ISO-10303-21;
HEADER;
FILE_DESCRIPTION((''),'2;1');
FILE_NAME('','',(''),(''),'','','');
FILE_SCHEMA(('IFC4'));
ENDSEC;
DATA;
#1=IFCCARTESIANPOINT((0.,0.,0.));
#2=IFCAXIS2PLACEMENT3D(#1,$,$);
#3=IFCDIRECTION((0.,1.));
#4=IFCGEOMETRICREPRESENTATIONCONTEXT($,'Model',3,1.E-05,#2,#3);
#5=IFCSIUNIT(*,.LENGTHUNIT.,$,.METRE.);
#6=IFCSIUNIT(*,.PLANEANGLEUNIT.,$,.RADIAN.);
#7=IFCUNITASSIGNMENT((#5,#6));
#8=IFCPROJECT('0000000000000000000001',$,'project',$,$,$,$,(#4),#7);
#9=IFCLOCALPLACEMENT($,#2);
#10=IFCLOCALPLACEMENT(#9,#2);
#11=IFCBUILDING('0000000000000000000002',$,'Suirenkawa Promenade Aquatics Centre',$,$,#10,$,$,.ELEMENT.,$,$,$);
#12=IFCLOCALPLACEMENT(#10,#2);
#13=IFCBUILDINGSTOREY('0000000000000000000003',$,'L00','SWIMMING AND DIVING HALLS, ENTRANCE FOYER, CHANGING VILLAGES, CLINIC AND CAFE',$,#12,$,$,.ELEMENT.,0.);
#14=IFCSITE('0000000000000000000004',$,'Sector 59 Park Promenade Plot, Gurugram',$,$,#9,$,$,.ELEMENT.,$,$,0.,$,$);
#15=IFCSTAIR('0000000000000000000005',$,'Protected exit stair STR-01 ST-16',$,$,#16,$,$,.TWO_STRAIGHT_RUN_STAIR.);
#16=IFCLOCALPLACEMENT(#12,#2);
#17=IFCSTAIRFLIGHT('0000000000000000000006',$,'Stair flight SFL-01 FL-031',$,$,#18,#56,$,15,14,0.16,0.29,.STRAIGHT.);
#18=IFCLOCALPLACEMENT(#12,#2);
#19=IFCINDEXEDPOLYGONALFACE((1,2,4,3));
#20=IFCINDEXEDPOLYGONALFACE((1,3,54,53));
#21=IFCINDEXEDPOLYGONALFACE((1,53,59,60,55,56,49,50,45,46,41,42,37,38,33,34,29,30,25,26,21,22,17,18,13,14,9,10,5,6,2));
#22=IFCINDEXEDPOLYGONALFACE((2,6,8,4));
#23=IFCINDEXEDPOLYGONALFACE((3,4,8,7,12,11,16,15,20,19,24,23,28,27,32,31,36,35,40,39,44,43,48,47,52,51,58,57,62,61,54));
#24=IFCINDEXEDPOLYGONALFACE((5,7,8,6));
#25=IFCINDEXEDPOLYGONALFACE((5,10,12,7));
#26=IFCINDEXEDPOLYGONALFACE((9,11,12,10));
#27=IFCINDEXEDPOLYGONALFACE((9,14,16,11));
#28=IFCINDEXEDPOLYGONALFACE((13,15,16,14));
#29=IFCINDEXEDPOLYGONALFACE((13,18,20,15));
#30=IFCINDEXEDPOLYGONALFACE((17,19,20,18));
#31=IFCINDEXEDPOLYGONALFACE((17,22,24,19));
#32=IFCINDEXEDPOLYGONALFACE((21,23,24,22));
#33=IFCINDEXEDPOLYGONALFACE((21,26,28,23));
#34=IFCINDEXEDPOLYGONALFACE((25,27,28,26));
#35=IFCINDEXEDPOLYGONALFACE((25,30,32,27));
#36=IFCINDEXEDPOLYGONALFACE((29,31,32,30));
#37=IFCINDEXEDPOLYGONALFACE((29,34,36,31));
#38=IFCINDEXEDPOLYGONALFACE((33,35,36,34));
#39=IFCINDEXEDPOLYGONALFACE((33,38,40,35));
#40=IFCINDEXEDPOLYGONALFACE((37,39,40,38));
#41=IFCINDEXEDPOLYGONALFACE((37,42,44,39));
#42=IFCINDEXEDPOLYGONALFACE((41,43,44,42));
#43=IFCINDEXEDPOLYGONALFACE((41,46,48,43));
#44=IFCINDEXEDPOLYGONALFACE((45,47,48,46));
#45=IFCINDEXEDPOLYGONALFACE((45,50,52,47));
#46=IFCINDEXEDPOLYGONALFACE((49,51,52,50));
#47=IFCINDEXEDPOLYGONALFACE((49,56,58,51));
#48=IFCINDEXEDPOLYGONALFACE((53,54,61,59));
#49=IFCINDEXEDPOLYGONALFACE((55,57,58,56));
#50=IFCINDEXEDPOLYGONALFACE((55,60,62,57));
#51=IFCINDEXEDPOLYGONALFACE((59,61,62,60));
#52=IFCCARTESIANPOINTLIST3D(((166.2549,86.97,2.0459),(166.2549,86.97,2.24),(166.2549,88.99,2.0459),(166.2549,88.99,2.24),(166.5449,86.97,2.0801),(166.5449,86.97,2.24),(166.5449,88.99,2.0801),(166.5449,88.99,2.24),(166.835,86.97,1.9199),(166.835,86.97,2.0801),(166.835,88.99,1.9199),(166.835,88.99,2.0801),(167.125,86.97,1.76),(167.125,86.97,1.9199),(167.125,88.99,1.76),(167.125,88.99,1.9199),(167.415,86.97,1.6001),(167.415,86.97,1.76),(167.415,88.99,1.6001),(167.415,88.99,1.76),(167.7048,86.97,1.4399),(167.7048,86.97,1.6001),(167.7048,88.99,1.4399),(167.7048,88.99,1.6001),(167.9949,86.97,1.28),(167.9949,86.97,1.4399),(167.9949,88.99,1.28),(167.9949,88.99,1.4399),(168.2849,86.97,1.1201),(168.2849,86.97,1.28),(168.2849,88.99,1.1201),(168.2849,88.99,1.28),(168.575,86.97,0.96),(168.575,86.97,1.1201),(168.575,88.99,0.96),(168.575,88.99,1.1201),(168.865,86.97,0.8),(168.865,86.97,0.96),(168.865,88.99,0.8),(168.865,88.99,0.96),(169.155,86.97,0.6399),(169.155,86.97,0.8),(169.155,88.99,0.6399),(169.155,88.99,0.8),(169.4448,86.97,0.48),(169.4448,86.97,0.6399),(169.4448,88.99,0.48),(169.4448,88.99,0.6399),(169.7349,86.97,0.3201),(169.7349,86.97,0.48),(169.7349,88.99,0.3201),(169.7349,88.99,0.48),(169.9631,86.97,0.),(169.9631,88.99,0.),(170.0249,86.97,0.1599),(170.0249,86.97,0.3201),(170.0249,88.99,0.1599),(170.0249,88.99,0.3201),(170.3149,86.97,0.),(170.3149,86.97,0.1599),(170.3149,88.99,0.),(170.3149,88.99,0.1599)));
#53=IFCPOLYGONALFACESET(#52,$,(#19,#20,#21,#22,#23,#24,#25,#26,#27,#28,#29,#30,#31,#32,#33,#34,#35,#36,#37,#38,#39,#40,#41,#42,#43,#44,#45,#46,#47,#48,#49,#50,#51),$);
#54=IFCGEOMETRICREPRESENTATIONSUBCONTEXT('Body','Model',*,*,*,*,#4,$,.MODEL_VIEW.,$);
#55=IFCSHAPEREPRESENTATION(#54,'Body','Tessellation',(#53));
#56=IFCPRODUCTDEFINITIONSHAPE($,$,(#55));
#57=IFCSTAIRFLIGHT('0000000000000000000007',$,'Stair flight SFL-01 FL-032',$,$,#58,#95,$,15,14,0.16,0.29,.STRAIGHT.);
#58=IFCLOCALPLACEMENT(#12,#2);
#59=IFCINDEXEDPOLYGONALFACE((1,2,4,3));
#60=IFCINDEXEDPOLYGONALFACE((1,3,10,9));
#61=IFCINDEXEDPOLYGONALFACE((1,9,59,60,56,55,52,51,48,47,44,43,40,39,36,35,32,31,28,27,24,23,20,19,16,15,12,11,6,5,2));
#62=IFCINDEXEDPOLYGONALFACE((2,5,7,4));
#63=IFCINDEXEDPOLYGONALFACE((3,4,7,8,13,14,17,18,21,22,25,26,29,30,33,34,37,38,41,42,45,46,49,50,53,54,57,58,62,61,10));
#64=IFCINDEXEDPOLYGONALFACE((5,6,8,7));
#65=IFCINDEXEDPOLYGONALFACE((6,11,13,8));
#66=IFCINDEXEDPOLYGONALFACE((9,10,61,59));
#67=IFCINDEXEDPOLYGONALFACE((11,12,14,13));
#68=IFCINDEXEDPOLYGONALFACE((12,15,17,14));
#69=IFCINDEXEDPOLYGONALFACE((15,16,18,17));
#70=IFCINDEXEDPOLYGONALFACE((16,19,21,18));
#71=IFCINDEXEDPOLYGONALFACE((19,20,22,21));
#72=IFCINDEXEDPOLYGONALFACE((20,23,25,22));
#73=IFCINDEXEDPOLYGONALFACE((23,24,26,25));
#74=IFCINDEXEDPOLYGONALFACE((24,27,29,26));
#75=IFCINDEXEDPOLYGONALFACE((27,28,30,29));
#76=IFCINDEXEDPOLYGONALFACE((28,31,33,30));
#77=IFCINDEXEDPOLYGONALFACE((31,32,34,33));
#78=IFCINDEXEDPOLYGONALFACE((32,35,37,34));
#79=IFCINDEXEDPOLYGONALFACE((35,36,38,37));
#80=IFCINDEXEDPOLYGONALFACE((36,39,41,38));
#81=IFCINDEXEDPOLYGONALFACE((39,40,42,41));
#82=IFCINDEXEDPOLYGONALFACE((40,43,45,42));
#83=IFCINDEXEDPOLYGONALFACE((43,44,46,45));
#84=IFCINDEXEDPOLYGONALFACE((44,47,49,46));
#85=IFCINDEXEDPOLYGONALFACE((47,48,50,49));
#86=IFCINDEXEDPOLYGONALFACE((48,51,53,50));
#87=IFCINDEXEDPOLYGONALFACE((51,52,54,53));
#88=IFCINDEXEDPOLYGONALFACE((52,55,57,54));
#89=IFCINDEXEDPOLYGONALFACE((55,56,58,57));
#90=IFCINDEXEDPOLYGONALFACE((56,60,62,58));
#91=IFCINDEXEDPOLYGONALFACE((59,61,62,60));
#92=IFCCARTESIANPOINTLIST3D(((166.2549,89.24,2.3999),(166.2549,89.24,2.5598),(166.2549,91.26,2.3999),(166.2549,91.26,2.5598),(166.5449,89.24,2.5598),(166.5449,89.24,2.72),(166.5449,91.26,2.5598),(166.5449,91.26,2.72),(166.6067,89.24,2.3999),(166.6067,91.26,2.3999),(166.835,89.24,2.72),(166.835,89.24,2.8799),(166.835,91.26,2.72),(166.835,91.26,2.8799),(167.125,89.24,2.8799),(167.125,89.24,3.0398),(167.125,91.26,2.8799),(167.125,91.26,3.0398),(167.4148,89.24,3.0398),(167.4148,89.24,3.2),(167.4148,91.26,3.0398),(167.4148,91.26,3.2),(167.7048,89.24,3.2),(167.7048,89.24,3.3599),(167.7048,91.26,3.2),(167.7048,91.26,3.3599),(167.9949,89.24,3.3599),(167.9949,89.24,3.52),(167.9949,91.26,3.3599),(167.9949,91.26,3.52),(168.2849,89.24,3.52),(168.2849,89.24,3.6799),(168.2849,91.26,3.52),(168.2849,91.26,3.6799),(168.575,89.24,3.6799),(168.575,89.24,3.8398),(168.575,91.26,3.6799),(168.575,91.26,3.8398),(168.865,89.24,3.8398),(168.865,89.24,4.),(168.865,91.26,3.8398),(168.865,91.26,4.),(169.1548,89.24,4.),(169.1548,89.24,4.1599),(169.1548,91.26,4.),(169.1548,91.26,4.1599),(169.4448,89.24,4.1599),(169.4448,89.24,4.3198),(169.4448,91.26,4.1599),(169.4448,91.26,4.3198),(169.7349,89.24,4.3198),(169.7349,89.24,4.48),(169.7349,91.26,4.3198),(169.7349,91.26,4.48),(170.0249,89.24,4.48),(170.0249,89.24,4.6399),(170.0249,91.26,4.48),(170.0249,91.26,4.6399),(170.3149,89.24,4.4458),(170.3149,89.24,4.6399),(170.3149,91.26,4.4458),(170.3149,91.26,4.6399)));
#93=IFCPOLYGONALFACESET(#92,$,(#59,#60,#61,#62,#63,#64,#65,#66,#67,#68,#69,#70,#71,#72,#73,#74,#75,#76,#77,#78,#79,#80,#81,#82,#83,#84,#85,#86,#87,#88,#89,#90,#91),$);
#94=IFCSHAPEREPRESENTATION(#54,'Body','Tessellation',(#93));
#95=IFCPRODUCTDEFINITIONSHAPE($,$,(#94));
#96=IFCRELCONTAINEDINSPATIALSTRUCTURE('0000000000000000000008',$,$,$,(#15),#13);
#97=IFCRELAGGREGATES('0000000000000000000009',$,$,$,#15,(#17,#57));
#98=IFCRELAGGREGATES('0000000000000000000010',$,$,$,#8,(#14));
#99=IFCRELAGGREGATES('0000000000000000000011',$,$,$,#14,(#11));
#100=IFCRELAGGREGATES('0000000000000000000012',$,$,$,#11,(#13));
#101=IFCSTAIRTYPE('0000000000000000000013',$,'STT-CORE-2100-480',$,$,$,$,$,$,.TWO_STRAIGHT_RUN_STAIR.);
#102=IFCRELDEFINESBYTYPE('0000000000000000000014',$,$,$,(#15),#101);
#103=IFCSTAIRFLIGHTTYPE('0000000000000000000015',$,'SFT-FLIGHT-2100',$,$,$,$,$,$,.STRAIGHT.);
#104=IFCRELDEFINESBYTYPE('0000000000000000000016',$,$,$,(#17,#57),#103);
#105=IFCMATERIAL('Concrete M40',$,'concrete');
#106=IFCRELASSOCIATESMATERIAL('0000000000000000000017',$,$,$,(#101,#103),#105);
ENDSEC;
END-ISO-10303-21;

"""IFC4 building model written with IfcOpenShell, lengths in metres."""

from ifc_helpers import new_model, si_unit, direction, frame, origin, place, context, subcontext, project, spatial, polyline, outline, extrude, material, type_object, element, aggregate, save


model = new_model("IFC4")

# Units and contexts
model_context = context("Model", 3, precision=1e-05, world=origin(), true_north=direction((0.0, 1.0)))
body_context = subcontext(model_context, "Body", "Model", "MODEL_VIEW")
ifc_project = project(units=[si_unit("LENGTHUNIT", "METRE"), si_unit("PLANEANGLEUNIT", "RADIAN")], contexts=[model_context])

# Site, building, storey
site_placement = place(None, origin())
site = spatial("IfcSite", under=ifc_project, at=site_placement, Name="Sector 59 Park Promenade Plot, Gurugram", CompositionType="ELEMENT", RefElevation=0.0)
building_placement = place(site_placement, origin())
building = spatial("IfcBuilding", under=site, at=building_placement, Name="Suirenkawa Promenade Aquatics Centre", CompositionType="ELEMENT")
storey_placement = place(building_placement, origin())
storey = spatial("IfcBuildingStorey", under=building, at=storey_placement, Name="L00", Description="SWIMMING AND DIVING HALLS, ENTRANCE FOYER, CHANGING VILLAGES, CLINIC AND CAFE", CompositionType="ELEMENT", Elevation=0.0)

# Shared definitions
ifc_material_1 = material(Name="Concrete M40", Category="concrete")

# Stair, stair flights
stair_type = type_object("IfcStairType", Name="STT-CORE-2100-480", PredefinedType="TWO_STRAIGHT_RUN_STAIR", material=ifc_material_1)
stair_placement = place(storey_placement, origin())
stair = element("IfcStair", 1, at=stair_placement, inside=storey, type_object=stair_type, Name="Protected exit stair STR-01 ST-16", PredefinedType="TWO_STRAIGHT_RUN_STAIR")
stair_flight_type = type_object("IfcStairFlightType", Name="SFT-FLIGHT-2100", PredefinedType="STRAIGHT", material=ifc_material_1)
stair_flight_1_placement = place(storey_placement, frame((170.3149, 87.98, 0.0), z_axis=(0.0, 0.0, 1.0), x_axis=(-1.0, 0.0, 0.0)))
stair_flight_1 = element("IfcStairFlight", 2, at=stair_flight_1_placement, type_object=stair_flight_type, Name="Stair flight SFL-01 FL-031", NumberOfRisers=15, NumberOfTreads=14, PredefinedType="STRAIGHT", RiserHeight=0.16, TreadLength=0.29, context=body_context, shape_type="SweptSolid", body=[
    extrude(outline(polyline([(0.0, 0.0), (0.0, 0.1599), (0.29, 0.1599), (0.29, 0.3201), (0.5801, 0.3201), (0.5801, 0.48), (0.8701, 0.48), (0.8701, 0.6399), (1.1599, 0.6399), (1.1599, 0.8), (1.45, 0.8), (1.45, 0.96), (1.74, 0.96), (1.74, 1.1201), (2.03, 1.1201), (2.03, 1.28), (2.3201, 1.28), (2.3201, 1.4399), (2.6101, 1.4399), (2.6101, 1.6001), (2.8999, 1.6001), (2.8999, 1.76), (3.1899, 1.76), (3.1899, 1.9199), (3.48, 1.9199), (3.48, 2.0801), (3.77, 2.0801), (3.77, 2.24), (4.0601, 2.24), (4.0601, 2.3999), (4.0601, 2.0459), (0.3518, 0.0), (0.0, 0.0)])), frame((0.0, 1.01, 0.0), z_axis=(0.0, -1.0, 0.0), x_axis=(1.0, 0.0, 0.0)), (0.0, 0.0, 1.0), 2.02),
])
stair_flight_2_placement = place(storey_placement, frame((166.2549, 90.25, 2.3999), z_axis=(0.0, 0.0, 1.0), x_axis=(1.0, 0.0, 0.0)))
stair_flight_2 = element("IfcStairFlight", 3, at=stair_flight_2_placement, type_object=stair_flight_type, Name="Stair flight SFL-01 FL-032", NumberOfRisers=15, NumberOfTreads=14, PredefinedType="STRAIGHT", RiserHeight=0.16, TreadLength=0.29, context=body_context, shape_type="SweptSolid", body=[
    extrude(outline(polyline([(0.0, 0.0), (0.0, 0.1599), (0.29, 0.1599), (0.29, 0.3201), (0.5801, 0.3201), (0.5801, 0.48), (0.8701, 0.48), (0.8701, 0.6399), (1.1599, 0.6399), (1.1599, 0.8), (1.45, 0.8), (1.45, 0.96), (1.74, 0.96), (1.74, 1.1201), (2.03, 1.1201), (2.03, 1.28), (2.3201, 1.28), (2.3201, 1.4399), (2.6101, 1.4399), (2.6101, 1.6001), (2.8999, 1.6001), (2.8999, 1.76), (3.1899, 1.76), (3.1899, 1.9199), (3.48, 1.9199), (3.48, 2.0801), (3.77, 2.0801), (3.77, 2.24), (4.0601, 2.24), (4.0601, 2.3999), (4.0601, 2.0459), (0.3518, 0.0), (0.0, 0.0)])), frame((0.0, 1.01, 0.0), z_axis=(0.0, -1.0, 0.0), x_axis=(1.0, 0.0, 0.0)), (0.0, 0.0, 1.0), 2.02),
])
aggregate(stair, [stair_flight_1, stair_flight_2])

save(model, "model.ifc")
